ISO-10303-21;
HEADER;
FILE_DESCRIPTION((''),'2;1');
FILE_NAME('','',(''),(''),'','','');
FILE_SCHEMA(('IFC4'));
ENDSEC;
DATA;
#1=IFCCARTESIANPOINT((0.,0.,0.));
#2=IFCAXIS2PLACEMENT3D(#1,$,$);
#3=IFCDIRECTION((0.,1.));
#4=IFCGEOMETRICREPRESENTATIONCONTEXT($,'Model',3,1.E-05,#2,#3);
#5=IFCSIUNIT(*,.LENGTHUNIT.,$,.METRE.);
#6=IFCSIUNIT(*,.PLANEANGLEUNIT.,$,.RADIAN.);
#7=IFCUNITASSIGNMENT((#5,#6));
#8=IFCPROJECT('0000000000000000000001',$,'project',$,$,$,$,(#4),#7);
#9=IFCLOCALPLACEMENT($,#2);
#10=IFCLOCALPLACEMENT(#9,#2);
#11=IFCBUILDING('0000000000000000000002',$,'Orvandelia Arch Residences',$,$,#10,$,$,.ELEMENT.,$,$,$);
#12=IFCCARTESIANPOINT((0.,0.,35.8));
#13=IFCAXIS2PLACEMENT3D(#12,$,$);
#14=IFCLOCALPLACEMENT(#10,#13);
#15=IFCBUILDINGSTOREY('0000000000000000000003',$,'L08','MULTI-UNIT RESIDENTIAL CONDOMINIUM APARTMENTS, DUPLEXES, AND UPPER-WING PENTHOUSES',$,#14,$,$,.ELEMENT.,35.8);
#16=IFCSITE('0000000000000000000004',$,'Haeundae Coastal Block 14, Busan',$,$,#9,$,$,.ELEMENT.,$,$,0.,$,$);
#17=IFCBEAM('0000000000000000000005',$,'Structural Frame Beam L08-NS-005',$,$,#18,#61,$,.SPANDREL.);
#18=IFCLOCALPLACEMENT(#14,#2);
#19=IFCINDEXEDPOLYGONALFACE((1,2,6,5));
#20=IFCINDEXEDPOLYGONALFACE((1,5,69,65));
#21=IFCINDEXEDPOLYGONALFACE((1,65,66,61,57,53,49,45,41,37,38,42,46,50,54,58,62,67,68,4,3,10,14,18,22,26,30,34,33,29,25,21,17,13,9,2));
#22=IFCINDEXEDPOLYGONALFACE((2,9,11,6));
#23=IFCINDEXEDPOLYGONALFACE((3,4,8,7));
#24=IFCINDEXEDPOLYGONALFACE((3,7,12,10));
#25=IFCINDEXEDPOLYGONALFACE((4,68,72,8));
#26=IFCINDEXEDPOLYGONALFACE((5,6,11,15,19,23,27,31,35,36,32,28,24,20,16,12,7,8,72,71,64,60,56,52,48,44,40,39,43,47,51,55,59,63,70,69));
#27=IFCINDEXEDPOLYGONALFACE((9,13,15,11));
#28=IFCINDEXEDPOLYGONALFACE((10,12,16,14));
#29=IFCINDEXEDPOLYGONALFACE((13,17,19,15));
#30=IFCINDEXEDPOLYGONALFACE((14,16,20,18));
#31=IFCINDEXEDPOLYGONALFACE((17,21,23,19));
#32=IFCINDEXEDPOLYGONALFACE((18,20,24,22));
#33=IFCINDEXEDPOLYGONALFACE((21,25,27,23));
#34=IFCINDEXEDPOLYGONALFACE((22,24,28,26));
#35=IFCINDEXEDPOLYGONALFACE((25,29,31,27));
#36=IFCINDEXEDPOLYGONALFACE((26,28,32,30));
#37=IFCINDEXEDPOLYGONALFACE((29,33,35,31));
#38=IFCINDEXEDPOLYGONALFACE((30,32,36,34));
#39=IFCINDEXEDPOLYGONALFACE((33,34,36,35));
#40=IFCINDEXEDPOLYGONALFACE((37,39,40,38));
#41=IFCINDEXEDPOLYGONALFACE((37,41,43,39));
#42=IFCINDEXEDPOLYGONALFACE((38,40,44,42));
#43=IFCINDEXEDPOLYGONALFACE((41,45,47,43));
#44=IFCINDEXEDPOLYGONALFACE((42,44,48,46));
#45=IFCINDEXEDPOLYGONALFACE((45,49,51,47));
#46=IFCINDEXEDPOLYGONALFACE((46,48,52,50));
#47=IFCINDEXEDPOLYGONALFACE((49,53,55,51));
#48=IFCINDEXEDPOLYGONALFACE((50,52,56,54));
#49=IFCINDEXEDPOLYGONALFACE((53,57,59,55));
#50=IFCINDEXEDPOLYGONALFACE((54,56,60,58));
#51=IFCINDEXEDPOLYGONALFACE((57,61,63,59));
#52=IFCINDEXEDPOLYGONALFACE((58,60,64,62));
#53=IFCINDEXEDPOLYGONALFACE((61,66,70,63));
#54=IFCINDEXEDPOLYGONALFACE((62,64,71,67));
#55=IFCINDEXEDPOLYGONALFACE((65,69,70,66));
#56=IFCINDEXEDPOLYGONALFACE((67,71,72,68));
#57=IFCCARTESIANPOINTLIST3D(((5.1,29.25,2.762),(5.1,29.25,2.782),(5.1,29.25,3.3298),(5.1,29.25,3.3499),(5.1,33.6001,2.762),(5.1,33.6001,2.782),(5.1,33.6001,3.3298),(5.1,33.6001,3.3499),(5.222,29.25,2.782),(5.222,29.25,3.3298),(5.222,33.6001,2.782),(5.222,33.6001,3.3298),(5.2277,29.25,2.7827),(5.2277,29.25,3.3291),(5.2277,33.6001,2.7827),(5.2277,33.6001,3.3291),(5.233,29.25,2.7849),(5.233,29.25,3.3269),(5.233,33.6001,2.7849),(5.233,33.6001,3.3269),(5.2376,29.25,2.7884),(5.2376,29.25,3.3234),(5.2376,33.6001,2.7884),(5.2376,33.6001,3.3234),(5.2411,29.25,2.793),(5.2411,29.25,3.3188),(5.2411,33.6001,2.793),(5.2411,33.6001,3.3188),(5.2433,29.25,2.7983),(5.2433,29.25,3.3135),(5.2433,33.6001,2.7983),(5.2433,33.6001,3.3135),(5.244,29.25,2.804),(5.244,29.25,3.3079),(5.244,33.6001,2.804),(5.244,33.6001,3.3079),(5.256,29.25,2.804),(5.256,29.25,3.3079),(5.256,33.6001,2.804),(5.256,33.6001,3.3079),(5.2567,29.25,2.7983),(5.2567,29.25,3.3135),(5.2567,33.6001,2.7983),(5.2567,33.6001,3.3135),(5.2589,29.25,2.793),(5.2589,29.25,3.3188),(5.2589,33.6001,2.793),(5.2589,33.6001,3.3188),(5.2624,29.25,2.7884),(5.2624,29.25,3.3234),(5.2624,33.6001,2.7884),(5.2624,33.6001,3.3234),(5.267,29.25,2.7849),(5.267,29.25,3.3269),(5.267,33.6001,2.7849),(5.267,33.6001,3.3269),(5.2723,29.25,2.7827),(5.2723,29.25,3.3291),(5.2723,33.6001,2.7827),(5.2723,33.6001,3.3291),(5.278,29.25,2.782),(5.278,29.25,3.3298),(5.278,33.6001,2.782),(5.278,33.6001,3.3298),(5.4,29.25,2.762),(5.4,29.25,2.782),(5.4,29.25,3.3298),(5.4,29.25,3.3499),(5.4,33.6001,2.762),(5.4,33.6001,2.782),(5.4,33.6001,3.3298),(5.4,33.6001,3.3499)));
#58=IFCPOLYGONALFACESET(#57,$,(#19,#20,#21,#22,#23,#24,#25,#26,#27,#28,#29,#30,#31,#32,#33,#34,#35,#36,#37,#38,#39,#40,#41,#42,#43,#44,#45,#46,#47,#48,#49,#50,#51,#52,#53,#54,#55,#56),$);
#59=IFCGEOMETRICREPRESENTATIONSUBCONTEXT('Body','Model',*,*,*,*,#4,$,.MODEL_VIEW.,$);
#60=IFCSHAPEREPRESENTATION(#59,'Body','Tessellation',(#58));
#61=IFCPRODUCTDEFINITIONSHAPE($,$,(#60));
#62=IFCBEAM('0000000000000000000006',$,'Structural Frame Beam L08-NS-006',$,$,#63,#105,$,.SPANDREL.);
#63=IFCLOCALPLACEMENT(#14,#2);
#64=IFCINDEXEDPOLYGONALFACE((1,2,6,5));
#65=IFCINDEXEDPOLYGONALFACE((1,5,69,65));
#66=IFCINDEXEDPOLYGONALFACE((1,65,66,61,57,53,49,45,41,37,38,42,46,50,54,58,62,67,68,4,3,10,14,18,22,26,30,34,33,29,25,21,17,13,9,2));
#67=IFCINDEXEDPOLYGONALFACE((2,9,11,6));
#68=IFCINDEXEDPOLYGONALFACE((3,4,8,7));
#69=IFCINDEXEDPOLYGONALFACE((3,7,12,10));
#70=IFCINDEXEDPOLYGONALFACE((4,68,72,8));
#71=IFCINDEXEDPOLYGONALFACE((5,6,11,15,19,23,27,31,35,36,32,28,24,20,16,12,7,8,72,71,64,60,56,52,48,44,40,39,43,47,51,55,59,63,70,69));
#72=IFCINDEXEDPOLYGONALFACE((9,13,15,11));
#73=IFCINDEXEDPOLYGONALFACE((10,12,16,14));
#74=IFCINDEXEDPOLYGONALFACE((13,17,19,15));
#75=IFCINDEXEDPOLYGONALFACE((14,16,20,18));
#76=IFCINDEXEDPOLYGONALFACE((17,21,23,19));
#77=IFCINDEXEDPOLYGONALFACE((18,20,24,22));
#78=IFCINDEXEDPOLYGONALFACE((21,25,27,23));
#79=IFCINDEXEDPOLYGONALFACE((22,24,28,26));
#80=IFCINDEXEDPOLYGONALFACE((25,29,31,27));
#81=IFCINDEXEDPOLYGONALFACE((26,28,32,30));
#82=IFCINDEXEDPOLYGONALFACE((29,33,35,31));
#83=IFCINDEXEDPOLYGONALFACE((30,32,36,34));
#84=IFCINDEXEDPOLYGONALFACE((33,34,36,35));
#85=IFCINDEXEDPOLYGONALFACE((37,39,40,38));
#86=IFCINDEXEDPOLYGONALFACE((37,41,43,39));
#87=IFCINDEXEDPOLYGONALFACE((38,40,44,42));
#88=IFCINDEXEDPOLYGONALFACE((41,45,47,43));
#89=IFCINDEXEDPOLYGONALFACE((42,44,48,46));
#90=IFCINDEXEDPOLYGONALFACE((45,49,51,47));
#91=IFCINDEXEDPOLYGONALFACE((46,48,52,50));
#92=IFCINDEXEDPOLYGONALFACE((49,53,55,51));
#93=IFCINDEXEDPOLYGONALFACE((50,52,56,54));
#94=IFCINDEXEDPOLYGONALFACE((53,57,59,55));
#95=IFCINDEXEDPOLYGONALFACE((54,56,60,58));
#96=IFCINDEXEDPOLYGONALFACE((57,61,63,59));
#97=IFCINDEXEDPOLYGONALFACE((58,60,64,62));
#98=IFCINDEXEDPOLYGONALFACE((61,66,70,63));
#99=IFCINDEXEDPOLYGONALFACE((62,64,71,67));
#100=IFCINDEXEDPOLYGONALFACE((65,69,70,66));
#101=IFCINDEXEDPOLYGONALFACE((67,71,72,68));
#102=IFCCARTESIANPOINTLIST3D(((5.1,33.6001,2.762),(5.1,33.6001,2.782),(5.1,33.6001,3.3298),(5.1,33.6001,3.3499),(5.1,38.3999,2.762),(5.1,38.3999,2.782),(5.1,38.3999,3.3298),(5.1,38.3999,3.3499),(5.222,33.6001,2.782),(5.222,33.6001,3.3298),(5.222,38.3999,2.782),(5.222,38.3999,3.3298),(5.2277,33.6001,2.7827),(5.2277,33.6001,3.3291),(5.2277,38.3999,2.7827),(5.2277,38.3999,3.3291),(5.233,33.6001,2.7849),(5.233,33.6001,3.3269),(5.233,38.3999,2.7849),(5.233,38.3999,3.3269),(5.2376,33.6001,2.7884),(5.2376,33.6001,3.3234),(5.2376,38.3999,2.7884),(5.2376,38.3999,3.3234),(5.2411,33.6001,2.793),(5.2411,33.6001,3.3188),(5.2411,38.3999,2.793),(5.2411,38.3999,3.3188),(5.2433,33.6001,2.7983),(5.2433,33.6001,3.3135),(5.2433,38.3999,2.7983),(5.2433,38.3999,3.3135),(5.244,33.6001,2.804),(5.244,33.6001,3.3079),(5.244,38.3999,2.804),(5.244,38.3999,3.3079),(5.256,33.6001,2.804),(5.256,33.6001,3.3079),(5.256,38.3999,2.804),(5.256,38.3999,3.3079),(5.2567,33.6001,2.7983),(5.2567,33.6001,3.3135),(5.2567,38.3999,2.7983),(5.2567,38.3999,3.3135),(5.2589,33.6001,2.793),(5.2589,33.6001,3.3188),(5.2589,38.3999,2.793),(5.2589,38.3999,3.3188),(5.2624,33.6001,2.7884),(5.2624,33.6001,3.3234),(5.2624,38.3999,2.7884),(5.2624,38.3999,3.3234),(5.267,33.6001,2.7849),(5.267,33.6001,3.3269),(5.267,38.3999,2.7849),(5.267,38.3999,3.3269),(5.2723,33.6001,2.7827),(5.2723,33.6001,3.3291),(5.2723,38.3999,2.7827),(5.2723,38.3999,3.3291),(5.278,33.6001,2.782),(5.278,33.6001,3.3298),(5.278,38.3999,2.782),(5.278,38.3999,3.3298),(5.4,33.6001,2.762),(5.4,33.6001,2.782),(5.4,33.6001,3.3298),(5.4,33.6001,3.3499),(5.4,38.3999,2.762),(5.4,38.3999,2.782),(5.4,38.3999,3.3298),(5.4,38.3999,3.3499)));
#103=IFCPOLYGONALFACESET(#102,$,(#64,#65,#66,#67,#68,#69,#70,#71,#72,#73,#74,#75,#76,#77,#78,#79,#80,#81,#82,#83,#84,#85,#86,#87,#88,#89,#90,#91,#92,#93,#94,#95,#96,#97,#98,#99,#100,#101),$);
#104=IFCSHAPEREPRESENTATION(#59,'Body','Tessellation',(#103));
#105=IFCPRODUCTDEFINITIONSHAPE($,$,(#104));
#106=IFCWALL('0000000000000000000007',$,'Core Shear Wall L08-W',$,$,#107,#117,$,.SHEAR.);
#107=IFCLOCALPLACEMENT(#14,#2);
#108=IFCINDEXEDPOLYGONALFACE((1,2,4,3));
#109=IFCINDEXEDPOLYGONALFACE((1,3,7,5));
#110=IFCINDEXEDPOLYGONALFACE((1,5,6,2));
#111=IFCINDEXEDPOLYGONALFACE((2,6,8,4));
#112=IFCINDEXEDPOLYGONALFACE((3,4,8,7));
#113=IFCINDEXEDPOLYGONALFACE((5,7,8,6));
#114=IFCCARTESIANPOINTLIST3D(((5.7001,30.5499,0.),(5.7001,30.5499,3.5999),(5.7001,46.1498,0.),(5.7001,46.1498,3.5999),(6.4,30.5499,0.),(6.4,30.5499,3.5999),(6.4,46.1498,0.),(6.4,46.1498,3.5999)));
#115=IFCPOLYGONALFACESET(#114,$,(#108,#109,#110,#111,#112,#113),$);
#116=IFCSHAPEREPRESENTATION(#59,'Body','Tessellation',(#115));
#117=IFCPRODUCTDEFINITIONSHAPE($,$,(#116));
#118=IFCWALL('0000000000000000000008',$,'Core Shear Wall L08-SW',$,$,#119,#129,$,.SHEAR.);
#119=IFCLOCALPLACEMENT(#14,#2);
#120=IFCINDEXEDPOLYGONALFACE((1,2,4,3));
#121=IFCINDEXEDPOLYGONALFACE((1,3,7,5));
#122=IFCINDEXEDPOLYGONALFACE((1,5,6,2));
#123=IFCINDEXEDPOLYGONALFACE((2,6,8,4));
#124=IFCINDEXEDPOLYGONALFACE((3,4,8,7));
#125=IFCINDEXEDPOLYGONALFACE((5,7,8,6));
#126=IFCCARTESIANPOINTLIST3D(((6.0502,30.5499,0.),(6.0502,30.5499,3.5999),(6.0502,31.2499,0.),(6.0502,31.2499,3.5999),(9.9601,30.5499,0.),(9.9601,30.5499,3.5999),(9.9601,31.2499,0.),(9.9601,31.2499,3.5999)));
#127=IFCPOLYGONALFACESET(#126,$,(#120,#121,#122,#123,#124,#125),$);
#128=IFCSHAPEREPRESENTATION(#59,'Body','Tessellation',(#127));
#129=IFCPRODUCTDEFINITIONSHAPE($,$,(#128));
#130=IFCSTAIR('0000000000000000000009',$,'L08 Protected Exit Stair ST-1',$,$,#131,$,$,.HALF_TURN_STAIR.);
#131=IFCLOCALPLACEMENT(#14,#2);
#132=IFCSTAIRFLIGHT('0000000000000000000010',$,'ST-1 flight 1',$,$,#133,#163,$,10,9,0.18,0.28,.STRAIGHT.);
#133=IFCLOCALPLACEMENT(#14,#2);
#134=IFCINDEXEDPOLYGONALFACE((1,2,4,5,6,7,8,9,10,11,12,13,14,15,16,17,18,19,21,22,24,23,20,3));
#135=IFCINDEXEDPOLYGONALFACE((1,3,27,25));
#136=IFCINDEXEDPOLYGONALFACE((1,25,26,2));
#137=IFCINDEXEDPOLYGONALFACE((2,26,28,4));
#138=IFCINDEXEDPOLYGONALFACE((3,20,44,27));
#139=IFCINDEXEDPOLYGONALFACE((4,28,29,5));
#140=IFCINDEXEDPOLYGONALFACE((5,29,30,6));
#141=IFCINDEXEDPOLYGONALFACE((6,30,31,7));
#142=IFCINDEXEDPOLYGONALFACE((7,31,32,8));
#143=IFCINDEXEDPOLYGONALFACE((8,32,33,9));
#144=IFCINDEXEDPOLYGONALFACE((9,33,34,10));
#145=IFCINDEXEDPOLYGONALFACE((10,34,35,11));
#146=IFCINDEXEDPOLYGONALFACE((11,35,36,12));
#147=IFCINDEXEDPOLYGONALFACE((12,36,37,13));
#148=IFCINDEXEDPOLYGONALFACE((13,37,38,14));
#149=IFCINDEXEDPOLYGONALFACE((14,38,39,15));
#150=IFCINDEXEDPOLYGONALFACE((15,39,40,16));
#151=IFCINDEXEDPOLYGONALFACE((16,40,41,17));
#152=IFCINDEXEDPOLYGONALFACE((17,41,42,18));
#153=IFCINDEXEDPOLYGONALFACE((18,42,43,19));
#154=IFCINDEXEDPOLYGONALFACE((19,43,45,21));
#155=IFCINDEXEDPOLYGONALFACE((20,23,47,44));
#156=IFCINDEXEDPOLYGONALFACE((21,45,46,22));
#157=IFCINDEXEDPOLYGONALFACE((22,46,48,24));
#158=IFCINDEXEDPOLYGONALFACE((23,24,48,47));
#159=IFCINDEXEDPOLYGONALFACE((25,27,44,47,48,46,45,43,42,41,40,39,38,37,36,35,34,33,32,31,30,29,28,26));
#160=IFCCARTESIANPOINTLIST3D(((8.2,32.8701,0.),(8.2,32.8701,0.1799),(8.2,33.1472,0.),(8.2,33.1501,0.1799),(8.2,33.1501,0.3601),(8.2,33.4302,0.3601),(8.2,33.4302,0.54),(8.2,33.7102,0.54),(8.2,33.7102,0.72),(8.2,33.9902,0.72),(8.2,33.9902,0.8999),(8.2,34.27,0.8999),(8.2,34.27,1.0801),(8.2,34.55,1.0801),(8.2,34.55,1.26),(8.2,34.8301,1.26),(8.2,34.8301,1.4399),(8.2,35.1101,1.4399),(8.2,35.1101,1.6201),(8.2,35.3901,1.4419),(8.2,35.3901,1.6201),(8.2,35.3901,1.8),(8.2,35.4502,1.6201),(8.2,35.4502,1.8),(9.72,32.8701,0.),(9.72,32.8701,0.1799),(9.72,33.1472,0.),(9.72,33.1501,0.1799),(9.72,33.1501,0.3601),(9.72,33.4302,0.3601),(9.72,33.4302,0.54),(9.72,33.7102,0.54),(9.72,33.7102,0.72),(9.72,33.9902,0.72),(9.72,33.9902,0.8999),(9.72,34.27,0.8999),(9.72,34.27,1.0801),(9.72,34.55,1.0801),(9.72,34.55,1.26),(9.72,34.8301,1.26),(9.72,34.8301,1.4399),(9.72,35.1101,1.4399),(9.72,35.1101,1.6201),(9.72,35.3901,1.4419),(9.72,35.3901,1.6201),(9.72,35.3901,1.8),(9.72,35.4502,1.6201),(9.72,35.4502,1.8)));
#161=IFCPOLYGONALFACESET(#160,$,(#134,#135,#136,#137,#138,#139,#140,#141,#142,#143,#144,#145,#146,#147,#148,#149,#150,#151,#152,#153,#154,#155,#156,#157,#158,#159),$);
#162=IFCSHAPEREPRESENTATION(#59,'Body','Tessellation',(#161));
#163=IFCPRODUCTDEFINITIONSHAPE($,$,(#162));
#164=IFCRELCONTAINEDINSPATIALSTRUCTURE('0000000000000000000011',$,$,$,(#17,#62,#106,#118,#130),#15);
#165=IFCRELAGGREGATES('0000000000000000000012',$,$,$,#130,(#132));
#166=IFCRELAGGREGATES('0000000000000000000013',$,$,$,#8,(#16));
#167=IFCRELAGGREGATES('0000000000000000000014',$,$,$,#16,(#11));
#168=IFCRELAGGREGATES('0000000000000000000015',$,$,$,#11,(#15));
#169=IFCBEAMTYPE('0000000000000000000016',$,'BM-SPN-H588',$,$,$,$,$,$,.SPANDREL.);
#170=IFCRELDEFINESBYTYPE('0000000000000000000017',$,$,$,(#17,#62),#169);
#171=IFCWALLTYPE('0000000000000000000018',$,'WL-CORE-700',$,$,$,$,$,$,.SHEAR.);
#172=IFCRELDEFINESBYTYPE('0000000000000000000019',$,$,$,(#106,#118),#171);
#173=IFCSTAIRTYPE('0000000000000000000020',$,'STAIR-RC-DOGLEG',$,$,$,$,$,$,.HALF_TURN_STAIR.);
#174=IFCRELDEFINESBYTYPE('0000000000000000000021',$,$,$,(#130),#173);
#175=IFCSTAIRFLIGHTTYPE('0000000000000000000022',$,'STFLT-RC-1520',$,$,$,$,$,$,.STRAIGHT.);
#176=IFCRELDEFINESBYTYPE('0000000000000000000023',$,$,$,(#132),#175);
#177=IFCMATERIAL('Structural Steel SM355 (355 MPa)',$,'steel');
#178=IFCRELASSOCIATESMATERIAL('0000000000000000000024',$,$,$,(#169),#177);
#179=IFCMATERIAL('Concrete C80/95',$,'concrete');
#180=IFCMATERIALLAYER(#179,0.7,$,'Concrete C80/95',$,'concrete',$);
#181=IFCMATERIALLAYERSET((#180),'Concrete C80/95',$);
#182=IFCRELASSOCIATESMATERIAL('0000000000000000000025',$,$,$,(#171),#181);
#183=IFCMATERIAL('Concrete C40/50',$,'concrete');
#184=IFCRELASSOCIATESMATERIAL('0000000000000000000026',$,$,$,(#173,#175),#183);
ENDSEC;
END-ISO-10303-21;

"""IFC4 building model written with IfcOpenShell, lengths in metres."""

from ifc_helpers import new_model, si_unit, direction, frame, frame_2d, origin, origin_2d, place, context, subcontext, project, spatial, polyline, rectangle, i_section, outline, extrude, material, layer, layer_set, material_profile, profile_set, type_object, element, aggregate, save


model = new_model("IFC4")

# Units and contexts
model_context = context("Model", 3, precision=1e-05, world=origin(), true_north=direction((0.0, 1.0)))
body_context = subcontext(model_context, "Body", "Model", "MODEL_VIEW")
ifc_project = project(units=[si_unit("LENGTHUNIT", "METRE"), si_unit("PLANEANGLEUNIT", "RADIAN")], contexts=[model_context])

# Site, building, storey
site_placement = place(None, origin())
site = spatial("IfcSite", under=ifc_project, at=site_placement, Name="Haeundae Coastal Block 14, Busan", CompositionType="ELEMENT", RefElevation=0.0)
building_placement = place(site_placement, origin())
building = spatial("IfcBuilding", under=site, at=building_placement, Name="Orvandelia Arch Residences", CompositionType="ELEMENT")
storey_placement = place(building_placement, frame((0.0, 0.0, 35.8)))
storey = spatial("IfcBuildingStorey", under=building, at=storey_placement, Name="L08", Description="MULTI-UNIT RESIDENTIAL CONDOMINIUM APARTMENTS, DUPLEXES, AND UPPER-WING PENTHOUSES", CompositionType="ELEMENT", Elevation=35.8)

# Shared definitions
ifc_material_1 = material(Name="Concrete C80/95", Category="concrete")

# Beams
ifc_material_2 = material(Name="Structural Steel SM355 (355 MPa)", Category="steel")
ifc_material_profile_1 = material_profile(ifc_material_2, i_section(OverallWidth=0.3, OverallDepth=0.5879, WebThickness=0.012, FlangeThickness=0.02, FilletRadius=0.022, at=origin_2d()), Name="Structural Steel SM355 (355 MPa)", Category="steel")
ifc_profile_set_1 = profile_set([ifc_material_profile_1], Name="Structural Steel SM355 (355 MPa)")
beam_type_1 = type_object("IfcBeamType", Name="BM-SPN-H588", PredefinedType="SPANDREL", material=ifc_profile_set_1)
beam_1_placement = place(storey_placement, frame((5.25, 29.25, 3.0559), z_axis=(0.0, 1.0, 0.0), x_axis=(-1.0, 0.0, 0.0)))
element("IfcBeam", 1, at=beam_1_placement, inside=storey, type_object=beam_type_1, Name="Structural Frame Beam L08-NS-005", PredefinedType="SPANDREL", context=body_context, shape_type="SweptSolid", body=[
    extrude(i_section(OverallWidth=0.3, OverallDepth=0.5879, WebThickness=0.012, FlangeThickness=0.02, FilletRadius=0.022, at=origin_2d()), origin(), (0.0, 0.0, 1.0), 4.3501),
])
beam_2_placement = place(storey_placement, frame((5.25, 33.6001, 3.0559), z_axis=(0.0, 1.0, 0.0), x_axis=(-1.0, 0.0, 0.0)))
element("IfcBeam", 2, at=beam_2_placement, inside=storey, type_object=beam_type_1, Name="Structural Frame Beam L08-NS-006", PredefinedType="SPANDREL", context=body_context, shape_type="SweptSolid", body=[
    extrude(i_section(OverallWidth=0.3, OverallDepth=0.5879, WebThickness=0.012, FlangeThickness=0.02, FilletRadius=0.022, at=origin_2d()), origin(), (0.0, 0.0, 1.0), 4.7998),
])

# Walls
ifc_layer = layer(ifc_material_1, 0.7, Name="Concrete C80/95", Category="concrete")
ifc_layer_set = layer_set([ifc_layer], Name="Concrete C80/95")
wall_type = type_object("IfcWallType", Name="WL-CORE-700", PredefinedType="SHEAR", material=ifc_layer_set)
wall_1_placement = place(storey_placement, frame((6.05, 30.55, 0.0), z_axis=(0.0, 0.0, 1.0), x_axis=(0.0, 1.0, 0.0)))
element("IfcWall", 3, at=wall_1_placement, inside=storey, type_object=wall_type, Name="Core Shear Wall L08-W", PredefinedType="SHEAR", context=body_context, shape_type="SweptSolid", body=[
    extrude(rectangle(XDim=15.5999, YDim=0.7, at=frame_2d((7.7998, 0.0))), origin(), (0.0, 0.0, 1.0), 3.5999),
])
wall_2_placement = place(storey_placement, frame((6.05, 30.8999, 0.0), z_axis=(0.0, 0.0, 1.0), x_axis=(1.0, 0.0, 0.0)))
element("IfcWall", 4, at=wall_2_placement, inside=storey, type_object=wall_type, Name="Core Shear Wall L08-SW", PredefinedType="SHEAR", context=body_context, shape_type="SweptSolid", body=[
    extrude(rectangle(XDim=3.9099, YDim=0.7, at=frame_2d((1.9551, 0.0))), origin(), (0.0, 0.0, 1.0), 3.5999),
])

# Stair, stair flight
ifc_material_3 = material(Name="Concrete C40/50", Category="concrete")
stair_type = type_object("IfcStairType", Name="STAIR-RC-DOGLEG", PredefinedType="HALF_TURN_STAIR", material=ifc_material_3)
stair_placement = place(storey_placement, origin())
stair = element("IfcStair", 5, at=stair_placement, inside=storey, type_object=stair_type, Name="L08 Protected Exit Stair ST-1", PredefinedType="HALF_TURN_STAIR")
stair_flight_type = type_object("IfcStairFlightType", Name="STFLT-RC-1520", PredefinedType="STRAIGHT", material=ifc_material_3)
stair_flight_1_placement = place(storey_placement, frame((8.96, 32.8701, 0.0), z_axis=(0.0, 0.0, 1.0), x_axis=(0.0, 1.0, 0.0)))
stair_flight_1 = element("IfcStairFlight", 6, at=stair_flight_1_placement, type_object=stair_flight_type, Name="ST-1 flight 1", NumberOfRisers=10, NumberOfTreads=9, PredefinedType="STRAIGHT", RiserHeight=0.18, TreadLength=0.28, context=body_context, shape_type="SweptSolid", body=[
    extrude(outline(polyline([(0.0, 0.0), (0.0, 0.1799), (0.28, 0.1799), (0.28, 0.3601), (0.5601, 0.3601), (0.5601, 0.54), (0.8401, 0.54), (0.8401, 0.72), (1.1201, 0.72), (1.1201, 0.8999), (1.3999, 0.8999), (1.3999, 1.0801), (1.6799, 1.0801), (1.6799, 1.26), (1.96, 1.26), (1.96, 1.4399), (2.24, 1.4399), (2.24, 1.6201), (2.52, 1.6201), (2.52, 1.8), (2.5801, 1.8), (2.5801, 1.6201), (2.52, 1.4419), (0.2771, 0.0), (0.0, 0.0)])), frame((0.0, 0.76, 0.0), z_axis=(0.0, -1.0, 0.0), x_axis=(1.0, 0.0, 0.0)), (0.0, 0.0, 1.0), 1.52),
])
aggregate(stair, [stair_flight_1])

save(model, "model.ifc")
